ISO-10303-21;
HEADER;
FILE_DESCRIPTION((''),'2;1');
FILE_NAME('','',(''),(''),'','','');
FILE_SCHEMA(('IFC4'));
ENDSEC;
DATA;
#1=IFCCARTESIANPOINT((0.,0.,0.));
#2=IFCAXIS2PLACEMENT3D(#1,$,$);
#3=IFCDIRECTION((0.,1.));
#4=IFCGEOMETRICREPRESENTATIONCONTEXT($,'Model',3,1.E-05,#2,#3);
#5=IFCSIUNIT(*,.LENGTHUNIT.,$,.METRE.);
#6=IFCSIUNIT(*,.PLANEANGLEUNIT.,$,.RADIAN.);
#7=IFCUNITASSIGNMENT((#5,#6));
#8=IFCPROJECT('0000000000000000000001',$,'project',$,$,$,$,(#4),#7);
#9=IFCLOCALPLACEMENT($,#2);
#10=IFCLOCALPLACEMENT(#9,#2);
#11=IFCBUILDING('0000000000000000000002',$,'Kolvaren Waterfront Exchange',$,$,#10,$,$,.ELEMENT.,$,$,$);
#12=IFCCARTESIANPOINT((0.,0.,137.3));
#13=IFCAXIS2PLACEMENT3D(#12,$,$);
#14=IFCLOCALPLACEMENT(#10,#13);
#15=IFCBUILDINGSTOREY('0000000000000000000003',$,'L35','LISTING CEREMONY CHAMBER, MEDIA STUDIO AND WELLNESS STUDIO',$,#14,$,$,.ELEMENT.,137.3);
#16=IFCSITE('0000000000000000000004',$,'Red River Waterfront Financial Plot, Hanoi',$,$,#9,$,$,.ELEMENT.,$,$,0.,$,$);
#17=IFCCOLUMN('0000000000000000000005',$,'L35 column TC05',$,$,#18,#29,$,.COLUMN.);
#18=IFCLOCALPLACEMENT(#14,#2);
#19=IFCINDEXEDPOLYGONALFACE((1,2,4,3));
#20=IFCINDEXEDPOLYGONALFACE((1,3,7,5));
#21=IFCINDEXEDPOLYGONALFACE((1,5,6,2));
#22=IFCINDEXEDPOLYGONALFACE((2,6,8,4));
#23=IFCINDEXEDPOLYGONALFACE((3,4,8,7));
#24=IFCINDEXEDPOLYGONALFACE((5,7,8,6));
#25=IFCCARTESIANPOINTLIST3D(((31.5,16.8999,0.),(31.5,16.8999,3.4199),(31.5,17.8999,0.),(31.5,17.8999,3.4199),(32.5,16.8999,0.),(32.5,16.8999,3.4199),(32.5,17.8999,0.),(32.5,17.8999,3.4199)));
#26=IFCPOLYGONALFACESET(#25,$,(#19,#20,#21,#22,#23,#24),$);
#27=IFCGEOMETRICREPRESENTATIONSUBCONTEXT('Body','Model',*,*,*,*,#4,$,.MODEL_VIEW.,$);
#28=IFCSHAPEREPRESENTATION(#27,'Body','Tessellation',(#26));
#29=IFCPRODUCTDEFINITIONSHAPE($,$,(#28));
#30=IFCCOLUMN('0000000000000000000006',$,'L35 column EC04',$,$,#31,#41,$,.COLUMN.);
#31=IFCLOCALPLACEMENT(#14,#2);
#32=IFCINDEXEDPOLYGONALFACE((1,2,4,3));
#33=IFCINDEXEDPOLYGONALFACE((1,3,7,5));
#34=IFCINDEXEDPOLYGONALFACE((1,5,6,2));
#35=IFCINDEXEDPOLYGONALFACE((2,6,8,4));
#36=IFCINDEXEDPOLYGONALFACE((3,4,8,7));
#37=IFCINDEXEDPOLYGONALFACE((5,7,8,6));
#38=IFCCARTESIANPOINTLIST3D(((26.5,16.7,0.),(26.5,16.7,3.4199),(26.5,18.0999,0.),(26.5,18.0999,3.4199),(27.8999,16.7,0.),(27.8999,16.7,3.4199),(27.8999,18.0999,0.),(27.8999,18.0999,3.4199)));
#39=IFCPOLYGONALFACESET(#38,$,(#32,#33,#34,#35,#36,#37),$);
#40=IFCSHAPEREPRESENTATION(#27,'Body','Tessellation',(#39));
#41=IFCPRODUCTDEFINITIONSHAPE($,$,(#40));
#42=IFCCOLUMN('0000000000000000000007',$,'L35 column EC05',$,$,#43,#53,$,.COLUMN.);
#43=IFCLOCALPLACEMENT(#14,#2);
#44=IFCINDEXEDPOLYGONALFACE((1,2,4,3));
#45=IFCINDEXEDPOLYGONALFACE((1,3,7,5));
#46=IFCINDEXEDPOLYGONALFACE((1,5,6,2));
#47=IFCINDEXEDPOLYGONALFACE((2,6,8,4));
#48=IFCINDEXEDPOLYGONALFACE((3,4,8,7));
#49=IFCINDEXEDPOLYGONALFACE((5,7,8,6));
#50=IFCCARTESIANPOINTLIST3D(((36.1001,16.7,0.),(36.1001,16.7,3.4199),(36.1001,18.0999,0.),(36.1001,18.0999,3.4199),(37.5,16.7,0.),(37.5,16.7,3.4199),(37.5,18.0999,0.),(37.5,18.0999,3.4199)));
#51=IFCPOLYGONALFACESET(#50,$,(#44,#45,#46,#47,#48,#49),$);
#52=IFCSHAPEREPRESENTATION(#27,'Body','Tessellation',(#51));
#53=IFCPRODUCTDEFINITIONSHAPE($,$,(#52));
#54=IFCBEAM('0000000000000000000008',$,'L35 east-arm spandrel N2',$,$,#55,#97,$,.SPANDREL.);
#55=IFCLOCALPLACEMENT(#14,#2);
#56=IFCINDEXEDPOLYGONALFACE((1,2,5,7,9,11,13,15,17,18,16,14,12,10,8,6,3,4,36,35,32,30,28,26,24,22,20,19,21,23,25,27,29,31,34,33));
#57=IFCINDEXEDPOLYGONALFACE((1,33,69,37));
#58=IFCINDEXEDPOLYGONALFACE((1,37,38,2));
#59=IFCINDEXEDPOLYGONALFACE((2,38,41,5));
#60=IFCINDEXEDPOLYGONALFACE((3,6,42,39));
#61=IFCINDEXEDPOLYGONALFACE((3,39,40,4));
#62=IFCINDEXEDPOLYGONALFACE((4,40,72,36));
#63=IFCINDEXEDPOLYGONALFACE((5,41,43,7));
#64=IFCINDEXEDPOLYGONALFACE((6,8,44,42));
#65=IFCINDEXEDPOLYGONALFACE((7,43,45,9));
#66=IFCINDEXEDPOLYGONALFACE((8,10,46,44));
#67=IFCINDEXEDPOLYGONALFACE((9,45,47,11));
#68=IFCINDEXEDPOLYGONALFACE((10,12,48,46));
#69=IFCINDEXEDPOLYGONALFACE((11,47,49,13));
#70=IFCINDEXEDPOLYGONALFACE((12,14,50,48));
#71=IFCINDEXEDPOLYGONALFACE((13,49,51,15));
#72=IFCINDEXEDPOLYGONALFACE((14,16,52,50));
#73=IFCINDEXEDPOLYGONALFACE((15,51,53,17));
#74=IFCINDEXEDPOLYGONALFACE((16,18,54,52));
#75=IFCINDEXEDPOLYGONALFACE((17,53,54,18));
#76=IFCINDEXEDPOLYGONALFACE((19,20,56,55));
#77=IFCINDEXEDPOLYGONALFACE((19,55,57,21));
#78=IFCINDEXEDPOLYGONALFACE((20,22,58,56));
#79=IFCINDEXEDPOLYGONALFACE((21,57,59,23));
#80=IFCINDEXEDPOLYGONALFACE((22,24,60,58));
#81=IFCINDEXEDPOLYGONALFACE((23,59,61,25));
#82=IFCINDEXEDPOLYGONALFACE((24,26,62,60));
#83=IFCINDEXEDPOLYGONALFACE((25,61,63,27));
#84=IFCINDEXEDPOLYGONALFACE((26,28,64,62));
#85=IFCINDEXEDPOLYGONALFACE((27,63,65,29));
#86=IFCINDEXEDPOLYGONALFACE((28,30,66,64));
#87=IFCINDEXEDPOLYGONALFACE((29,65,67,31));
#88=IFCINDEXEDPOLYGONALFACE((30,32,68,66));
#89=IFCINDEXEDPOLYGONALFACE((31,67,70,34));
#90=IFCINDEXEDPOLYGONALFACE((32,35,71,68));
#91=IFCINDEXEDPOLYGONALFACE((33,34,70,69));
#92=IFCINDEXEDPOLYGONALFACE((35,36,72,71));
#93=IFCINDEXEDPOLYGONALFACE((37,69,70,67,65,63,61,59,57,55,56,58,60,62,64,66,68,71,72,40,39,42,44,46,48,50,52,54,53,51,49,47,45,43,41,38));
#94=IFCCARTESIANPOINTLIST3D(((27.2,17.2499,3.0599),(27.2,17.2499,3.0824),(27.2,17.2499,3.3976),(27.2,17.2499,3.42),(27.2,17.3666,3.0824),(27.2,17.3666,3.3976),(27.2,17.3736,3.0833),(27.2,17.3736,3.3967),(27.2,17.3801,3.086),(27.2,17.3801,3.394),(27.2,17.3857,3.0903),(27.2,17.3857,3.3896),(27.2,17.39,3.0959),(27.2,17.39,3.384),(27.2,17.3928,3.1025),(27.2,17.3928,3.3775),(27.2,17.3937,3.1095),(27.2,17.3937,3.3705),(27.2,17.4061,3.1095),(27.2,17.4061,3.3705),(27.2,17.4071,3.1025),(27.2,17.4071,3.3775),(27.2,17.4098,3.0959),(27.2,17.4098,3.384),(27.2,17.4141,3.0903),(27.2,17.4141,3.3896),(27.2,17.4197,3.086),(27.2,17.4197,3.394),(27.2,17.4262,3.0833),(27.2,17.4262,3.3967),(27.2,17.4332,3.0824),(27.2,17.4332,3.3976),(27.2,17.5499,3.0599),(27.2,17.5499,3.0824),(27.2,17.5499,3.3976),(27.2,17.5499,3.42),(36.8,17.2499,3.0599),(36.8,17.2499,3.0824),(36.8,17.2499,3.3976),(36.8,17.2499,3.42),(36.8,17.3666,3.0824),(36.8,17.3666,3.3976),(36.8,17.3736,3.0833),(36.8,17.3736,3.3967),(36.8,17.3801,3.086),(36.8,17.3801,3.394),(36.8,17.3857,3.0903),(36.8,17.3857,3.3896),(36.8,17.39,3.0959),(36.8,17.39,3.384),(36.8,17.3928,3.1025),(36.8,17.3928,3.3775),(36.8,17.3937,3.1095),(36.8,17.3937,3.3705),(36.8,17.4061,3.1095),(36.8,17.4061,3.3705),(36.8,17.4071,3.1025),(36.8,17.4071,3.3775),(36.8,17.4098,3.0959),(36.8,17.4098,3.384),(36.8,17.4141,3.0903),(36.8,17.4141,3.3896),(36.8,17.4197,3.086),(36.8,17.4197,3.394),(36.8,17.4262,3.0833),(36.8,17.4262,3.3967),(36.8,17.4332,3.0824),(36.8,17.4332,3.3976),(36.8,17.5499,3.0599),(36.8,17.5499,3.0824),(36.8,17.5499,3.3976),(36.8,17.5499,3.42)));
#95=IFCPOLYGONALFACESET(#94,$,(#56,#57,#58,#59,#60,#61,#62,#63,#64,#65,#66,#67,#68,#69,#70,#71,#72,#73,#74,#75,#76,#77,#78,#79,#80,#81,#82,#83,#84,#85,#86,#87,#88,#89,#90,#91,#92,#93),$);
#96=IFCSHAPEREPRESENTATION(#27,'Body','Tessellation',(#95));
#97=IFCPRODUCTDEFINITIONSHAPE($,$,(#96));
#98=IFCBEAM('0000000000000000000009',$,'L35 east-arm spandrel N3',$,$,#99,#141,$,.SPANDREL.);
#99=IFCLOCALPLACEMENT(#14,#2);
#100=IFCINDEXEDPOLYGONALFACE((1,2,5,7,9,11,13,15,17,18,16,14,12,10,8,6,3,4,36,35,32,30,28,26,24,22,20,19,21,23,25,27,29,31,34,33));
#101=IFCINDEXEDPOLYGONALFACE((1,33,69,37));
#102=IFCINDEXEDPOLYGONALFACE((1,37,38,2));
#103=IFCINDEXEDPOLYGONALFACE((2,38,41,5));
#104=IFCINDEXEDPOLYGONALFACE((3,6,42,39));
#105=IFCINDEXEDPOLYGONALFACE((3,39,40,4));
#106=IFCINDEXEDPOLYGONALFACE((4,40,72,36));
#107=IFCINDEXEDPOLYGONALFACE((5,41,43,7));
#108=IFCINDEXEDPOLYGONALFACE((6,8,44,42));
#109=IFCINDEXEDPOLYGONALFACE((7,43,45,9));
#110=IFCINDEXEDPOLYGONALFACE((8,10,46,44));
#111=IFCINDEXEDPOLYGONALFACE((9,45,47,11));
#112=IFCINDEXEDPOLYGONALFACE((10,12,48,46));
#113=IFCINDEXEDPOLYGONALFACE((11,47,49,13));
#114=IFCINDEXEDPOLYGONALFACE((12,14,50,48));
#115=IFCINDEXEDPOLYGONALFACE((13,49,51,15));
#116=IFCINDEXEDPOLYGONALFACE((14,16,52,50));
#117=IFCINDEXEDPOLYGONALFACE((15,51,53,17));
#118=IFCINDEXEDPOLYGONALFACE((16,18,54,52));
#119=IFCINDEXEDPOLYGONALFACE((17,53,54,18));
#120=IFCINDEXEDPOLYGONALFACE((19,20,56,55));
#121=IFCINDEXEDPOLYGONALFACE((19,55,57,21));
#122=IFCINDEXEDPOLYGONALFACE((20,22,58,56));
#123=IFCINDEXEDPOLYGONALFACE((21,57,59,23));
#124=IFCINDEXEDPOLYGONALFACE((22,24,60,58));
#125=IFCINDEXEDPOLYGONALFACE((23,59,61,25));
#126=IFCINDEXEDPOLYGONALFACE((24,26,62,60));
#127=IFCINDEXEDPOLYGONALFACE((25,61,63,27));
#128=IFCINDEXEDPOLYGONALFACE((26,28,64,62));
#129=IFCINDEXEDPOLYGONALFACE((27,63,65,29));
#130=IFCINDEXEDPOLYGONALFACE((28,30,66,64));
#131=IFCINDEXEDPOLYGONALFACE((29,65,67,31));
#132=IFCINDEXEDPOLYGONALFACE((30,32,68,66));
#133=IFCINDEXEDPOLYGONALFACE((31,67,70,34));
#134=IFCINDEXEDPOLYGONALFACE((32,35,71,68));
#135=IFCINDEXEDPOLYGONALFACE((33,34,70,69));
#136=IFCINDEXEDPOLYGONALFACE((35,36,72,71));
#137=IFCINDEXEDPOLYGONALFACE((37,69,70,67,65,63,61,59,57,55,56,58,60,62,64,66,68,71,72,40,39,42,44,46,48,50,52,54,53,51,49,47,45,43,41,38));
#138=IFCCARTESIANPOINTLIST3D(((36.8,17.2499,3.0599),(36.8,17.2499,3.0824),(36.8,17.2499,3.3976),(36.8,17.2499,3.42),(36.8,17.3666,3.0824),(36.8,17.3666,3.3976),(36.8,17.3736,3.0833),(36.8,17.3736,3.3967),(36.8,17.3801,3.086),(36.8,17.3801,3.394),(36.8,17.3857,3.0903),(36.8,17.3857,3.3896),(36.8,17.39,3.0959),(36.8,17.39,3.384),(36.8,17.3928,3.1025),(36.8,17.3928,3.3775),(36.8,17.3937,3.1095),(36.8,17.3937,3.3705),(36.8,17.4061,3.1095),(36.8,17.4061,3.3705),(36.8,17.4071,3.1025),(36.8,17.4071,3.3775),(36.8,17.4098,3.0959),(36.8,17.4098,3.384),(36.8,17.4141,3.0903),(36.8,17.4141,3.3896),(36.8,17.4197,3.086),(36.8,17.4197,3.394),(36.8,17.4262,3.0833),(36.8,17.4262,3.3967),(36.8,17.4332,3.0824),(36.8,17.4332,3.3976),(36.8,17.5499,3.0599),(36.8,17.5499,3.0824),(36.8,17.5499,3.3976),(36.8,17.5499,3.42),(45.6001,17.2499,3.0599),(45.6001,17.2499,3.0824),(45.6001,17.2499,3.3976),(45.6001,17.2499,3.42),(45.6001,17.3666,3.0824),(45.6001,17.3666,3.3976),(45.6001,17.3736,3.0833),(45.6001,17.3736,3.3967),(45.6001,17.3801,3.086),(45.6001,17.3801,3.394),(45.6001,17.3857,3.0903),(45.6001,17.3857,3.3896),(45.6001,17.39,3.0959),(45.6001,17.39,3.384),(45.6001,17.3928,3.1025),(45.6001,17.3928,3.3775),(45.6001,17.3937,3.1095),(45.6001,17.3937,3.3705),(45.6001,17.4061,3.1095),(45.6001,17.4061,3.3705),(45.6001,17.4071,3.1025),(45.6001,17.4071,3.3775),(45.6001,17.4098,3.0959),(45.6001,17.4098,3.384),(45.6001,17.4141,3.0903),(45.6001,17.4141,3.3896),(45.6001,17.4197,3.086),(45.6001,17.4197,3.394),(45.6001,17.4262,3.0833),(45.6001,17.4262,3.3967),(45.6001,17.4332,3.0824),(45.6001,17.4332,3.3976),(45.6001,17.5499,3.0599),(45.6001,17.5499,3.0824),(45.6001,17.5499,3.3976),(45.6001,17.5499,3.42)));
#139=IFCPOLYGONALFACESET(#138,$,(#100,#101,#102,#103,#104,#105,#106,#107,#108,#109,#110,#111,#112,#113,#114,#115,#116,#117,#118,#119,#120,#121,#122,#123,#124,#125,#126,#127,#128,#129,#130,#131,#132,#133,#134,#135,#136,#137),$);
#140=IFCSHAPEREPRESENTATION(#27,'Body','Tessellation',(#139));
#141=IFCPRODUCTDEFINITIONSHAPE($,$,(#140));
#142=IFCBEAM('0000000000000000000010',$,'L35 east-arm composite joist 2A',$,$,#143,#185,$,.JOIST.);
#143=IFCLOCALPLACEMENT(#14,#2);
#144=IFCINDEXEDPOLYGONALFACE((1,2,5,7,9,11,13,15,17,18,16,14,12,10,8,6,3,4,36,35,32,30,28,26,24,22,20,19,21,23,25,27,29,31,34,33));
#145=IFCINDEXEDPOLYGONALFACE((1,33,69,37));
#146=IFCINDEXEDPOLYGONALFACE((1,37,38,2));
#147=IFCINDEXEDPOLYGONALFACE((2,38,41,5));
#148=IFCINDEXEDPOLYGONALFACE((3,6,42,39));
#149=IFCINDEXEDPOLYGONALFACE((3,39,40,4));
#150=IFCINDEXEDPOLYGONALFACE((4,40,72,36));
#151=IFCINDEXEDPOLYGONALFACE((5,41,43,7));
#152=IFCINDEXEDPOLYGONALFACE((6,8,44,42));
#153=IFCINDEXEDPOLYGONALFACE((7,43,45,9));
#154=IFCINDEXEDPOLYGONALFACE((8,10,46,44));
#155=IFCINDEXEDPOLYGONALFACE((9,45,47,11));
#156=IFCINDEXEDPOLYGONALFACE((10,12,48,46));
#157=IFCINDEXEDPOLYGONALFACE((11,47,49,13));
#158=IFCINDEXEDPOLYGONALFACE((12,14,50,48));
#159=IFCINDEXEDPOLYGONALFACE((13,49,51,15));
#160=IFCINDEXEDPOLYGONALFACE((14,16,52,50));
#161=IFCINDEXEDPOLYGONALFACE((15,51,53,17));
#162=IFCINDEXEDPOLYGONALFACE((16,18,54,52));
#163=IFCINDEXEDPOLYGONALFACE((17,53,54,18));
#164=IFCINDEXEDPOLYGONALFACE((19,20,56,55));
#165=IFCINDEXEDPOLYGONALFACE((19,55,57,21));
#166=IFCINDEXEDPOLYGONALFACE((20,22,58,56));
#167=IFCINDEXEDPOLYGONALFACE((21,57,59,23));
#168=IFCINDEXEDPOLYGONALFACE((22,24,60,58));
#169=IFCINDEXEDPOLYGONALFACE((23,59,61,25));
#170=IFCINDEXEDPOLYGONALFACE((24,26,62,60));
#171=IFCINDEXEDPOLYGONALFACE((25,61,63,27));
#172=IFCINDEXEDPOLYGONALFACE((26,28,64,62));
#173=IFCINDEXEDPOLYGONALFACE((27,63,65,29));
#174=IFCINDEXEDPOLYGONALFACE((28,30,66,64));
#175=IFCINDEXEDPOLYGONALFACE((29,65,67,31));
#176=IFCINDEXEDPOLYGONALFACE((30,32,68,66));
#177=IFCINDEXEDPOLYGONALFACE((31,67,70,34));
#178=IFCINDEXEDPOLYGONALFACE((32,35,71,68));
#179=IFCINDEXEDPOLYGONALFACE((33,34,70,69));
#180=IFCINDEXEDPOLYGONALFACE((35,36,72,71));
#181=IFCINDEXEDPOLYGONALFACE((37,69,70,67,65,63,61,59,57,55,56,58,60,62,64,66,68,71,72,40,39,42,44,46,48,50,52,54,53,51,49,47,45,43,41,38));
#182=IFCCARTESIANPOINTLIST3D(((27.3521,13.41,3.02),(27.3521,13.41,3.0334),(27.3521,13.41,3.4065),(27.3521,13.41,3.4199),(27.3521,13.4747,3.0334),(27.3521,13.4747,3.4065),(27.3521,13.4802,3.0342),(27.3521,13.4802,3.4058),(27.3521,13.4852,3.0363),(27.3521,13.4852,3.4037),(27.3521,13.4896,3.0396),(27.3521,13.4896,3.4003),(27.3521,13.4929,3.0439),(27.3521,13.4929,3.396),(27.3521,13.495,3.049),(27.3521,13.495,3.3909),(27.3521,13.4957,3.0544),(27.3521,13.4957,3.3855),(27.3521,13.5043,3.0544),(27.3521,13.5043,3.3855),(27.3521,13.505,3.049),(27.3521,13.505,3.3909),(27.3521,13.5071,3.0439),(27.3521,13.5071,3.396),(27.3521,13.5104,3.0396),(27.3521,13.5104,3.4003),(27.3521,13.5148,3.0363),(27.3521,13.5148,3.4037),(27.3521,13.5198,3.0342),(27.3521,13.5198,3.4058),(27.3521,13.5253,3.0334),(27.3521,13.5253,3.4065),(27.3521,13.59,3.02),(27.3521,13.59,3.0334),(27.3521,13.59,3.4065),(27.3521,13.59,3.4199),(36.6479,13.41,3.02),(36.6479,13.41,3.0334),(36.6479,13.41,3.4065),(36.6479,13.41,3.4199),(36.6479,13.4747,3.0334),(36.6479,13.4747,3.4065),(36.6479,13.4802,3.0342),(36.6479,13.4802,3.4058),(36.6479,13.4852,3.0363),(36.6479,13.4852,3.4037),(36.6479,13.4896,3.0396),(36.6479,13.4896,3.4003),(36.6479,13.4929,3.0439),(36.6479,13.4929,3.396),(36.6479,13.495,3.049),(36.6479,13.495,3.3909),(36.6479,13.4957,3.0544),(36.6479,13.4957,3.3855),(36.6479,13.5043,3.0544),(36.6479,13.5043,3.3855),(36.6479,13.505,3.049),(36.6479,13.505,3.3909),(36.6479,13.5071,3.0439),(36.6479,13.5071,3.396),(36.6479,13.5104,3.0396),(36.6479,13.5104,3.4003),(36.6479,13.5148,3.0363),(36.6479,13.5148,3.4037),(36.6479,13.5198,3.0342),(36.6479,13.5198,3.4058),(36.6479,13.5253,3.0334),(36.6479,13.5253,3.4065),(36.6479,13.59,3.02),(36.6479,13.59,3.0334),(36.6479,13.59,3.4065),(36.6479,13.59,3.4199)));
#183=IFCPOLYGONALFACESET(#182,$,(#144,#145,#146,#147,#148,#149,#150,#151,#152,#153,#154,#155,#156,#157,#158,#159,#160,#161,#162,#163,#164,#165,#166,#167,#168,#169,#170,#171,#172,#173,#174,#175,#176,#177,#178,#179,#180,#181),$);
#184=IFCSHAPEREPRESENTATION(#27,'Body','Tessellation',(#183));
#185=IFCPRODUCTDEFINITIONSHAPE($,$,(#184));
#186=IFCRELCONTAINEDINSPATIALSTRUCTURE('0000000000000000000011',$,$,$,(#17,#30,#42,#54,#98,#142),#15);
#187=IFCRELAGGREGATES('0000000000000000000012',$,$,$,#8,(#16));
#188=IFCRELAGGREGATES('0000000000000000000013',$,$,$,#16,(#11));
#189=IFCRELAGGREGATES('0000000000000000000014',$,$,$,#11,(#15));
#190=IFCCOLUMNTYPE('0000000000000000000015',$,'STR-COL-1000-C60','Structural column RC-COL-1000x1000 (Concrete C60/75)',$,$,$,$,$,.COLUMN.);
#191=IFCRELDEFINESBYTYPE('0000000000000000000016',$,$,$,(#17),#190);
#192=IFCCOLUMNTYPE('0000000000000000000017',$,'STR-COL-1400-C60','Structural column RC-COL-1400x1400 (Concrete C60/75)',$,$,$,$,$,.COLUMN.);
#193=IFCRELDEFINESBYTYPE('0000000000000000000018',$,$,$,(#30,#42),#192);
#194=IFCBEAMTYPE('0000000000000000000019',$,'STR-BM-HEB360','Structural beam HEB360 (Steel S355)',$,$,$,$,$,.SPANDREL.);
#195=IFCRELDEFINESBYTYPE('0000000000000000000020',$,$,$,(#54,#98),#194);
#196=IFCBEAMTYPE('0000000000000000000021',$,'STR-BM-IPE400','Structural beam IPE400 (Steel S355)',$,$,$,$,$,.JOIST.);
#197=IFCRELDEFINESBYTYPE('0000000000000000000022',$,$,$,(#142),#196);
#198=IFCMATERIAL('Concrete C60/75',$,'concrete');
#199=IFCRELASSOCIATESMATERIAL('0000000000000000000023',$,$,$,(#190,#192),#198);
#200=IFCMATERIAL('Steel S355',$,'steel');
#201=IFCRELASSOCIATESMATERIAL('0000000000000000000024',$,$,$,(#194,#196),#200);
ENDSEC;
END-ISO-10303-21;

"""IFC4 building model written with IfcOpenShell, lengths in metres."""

from ifc_helpers import new_model, si_unit, direction, frame, origin, origin_2d, place, context, subcontext, project, spatial, rectangle, i_section, extrude, material, material_profile, profile_set, type_object, element, save


model = new_model("IFC4")

# Units and contexts
model_context = context("Model", 3, precision=1e-05, world=origin(), true_north=direction((0.0, 1.0)))
body_context = subcontext(model_context, "Body", "Model", "MODEL_VIEW")
ifc_project = project(units=[si_unit("LENGTHUNIT", "METRE"), si_unit("PLANEANGLEUNIT", "RADIAN")], contexts=[model_context])

# Site, building, storey
site_placement = place(None, origin())
site = spatial("IfcSite", under=ifc_project, at=site_placement, Name="Red River Waterfront Financial Plot, Hanoi", CompositionType="ELEMENT", RefElevation=0.0)
building_placement = place(site_placement, origin())
building = spatial("IfcBuilding", under=site, at=building_placement, Name="Kolvaren Waterfront Exchange", CompositionType="ELEMENT")
storey_placement = place(building_placement, frame((0.0, 0.0, 137.3)))
storey = spatial("IfcBuildingStorey", under=building, at=storey_placement, Name="L35", Description="LISTING CEREMONY CHAMBER, MEDIA STUDIO AND WELLNESS STUDIO", CompositionType="ELEMENT", Elevation=137.3)

# Columns
ifc_material_1 = material(Name="Concrete C60/75", Category="concrete")
ifc_material_profile_1 = material_profile(ifc_material_1, rectangle(XDim=1.0, YDim=1.0, at=origin_2d()), Name="RC-COL-1000x1000")
ifc_profile_set_1 = profile_set([ifc_material_profile_1], Name="Concrete C60/75")
column_type_1 = type_object("IfcColumnType", Name="STR-COL-1000-C60", Description="Structural column RC-COL-1000x1000 (Concrete C60/75)", PredefinedType="COLUMN", material=ifc_profile_set_1)
column_placement = place(storey_placement, frame((32.0, 17.3999, 0.0), z_axis=(0.0, 0.0, 1.0), x_axis=(1.0, 0.0, 0.0)))
element("IfcColumn", 1, at=column_placement, inside=storey, type_object=column_type_1, Name="L35 column TC05", PredefinedType="COLUMN", context=body_context, shape_type="SweptSolid", body=[
    extrude(rectangle(XDim=1.0, YDim=1.0, at=origin_2d()), origin(), (0.0, 0.0, 1.0), 3.4199),
])
ifc_material_profile_2 = material_profile(ifc_material_1, rectangle(XDim=1.3999, YDim=1.3999, at=origin_2d()), Name="RC-COL-1400x1400")
ifc_profile_set_2 = profile_set([ifc_material_profile_2], Name="Concrete C60/75")
column_type_2 = type_object("IfcColumnType", Name="STR-COL-1400-C60", Description="Structural column RC-COL-1400x1400 (Concrete C60/75)", PredefinedType="COLUMN", material=ifc_profile_set_2)
for number, where, z_axis, x_axis, name in (
    (2, (27.2, 17.3999, 0.0), (0.0, 0.0, 1.0), (1.0, 0.0, 0.0), "L35 column EC04"),
    (3, (36.8, 17.3999, 0.0), (0.0, 0.0, 1.0), (1.0, 0.0, 0.0), "L35 column EC05"),
):
    element("IfcColumn", number, at=place(storey_placement, frame(where, z_axis=z_axis, x_axis=x_axis)), inside=storey, type_object=column_type_2, Name=name, PredefinedType="COLUMN", context=body_context, shape_type="SweptSolid", body=[
        extrude(rectangle(XDim=1.3999, YDim=1.3999, at=origin_2d()), origin(), (0.0, 0.0, 1.0), 3.4199),
    ])

# Beams
ifc_material_2 = material(Name="Steel S355", Category="steel")
ifc_material_profile_3 = material_profile(ifc_material_2, i_section(OverallWidth=0.3, OverallDepth=0.3601, WebThickness=0.0125, FlangeThickness=0.0225, FilletRadius=0.0271, at=origin_2d()), Name="HEB360")
ifc_profile_set_3 = profile_set([ifc_material_profile_3], Name="Steel S355")
beam_type_1 = type_object("IfcBeamType", Name="STR-BM-HEB360", Description="Structural beam HEB360 (Steel S355)", PredefinedType="SPANDREL", material=ifc_profile_set_3)
beam_1_placement = place(storey_placement, frame((27.2, 17.3999, 3.24), z_axis=(1.0, 0.0, 0.0), x_axis=(0.0, 1.0, 0.0)))
element("IfcBeam", 4, at=beam_1_placement, inside=storey, type_object=beam_type_1, Name="L35 east-arm spandrel N2", PredefinedType="SPANDREL", context=body_context, shape_type="SweptSolid", body=[
    extrude(i_section(OverallWidth=0.3, OverallDepth=0.3601, WebThickness=0.0125, FlangeThickness=0.0225, FilletRadius=0.0271, at=origin_2d()), origin(), (0.0, 0.0, 1.0), 9.6001),
])
beam_2_placement = place(storey_placement, frame((36.8, 17.3999, 3.24), z_axis=(1.0, 0.0, 0.0), x_axis=(0.0, 1.0, 0.0)))
element("IfcBeam", 5, at=beam_2_placement, inside=storey, type_object=beam_type_1, Name="L35 east-arm spandrel N3", PredefinedType="SPANDREL", context=body_context, shape_type="SweptSolid", body=[
    extrude(i_section(OverallWidth=0.3, OverallDepth=0.3601, WebThickness=0.0125, FlangeThickness=0.0225, FilletRadius=0.0271, at=origin_2d()), origin(), (0.0, 0.0, 1.0), 8.8),
])
ifc_material_profile_4 = material_profile(ifc_material_2, i_section(OverallWidth=0.1799, OverallDepth=0.3999, WebThickness=0.0085, FlangeThickness=0.0134, FilletRadius=0.021, at=origin_2d()), Name="IPE400")
ifc_profile_set_4 = profile_set([ifc_material_profile_4], Name="Steel S355")
beam_type_2 = type_object("IfcBeamType", Name="STR-BM-IPE400", Description="Structural beam IPE400 (Steel S355)", PredefinedType="JOIST", material=ifc_profile_set_4)
for number, where, z_axis, x_axis, name in (
    (6, (27.3521, 13.5, 3.22), (1.0, 0.0, 0.0), (0.0, 1.0, 0.0), "L35 east-arm composite joist 2A"),
):
    element("IfcBeam", number, at=place(storey_placement, frame(where, z_axis=z_axis, x_axis=x_axis)), inside=storey, type_object=beam_type_2, Name=name, PredefinedType="JOIST", context=body_context, shape_type="SweptSolid", body=[
        extrude(i_section(OverallWidth=0.1799, OverallDepth=0.3999, WebThickness=0.0085, FlangeThickness=0.0134, FilletRadius=0.021, at=origin_2d()), origin(), (0.0, 0.0, 1.0), 9.2959),
    ])

save(model, "model.ifc")
